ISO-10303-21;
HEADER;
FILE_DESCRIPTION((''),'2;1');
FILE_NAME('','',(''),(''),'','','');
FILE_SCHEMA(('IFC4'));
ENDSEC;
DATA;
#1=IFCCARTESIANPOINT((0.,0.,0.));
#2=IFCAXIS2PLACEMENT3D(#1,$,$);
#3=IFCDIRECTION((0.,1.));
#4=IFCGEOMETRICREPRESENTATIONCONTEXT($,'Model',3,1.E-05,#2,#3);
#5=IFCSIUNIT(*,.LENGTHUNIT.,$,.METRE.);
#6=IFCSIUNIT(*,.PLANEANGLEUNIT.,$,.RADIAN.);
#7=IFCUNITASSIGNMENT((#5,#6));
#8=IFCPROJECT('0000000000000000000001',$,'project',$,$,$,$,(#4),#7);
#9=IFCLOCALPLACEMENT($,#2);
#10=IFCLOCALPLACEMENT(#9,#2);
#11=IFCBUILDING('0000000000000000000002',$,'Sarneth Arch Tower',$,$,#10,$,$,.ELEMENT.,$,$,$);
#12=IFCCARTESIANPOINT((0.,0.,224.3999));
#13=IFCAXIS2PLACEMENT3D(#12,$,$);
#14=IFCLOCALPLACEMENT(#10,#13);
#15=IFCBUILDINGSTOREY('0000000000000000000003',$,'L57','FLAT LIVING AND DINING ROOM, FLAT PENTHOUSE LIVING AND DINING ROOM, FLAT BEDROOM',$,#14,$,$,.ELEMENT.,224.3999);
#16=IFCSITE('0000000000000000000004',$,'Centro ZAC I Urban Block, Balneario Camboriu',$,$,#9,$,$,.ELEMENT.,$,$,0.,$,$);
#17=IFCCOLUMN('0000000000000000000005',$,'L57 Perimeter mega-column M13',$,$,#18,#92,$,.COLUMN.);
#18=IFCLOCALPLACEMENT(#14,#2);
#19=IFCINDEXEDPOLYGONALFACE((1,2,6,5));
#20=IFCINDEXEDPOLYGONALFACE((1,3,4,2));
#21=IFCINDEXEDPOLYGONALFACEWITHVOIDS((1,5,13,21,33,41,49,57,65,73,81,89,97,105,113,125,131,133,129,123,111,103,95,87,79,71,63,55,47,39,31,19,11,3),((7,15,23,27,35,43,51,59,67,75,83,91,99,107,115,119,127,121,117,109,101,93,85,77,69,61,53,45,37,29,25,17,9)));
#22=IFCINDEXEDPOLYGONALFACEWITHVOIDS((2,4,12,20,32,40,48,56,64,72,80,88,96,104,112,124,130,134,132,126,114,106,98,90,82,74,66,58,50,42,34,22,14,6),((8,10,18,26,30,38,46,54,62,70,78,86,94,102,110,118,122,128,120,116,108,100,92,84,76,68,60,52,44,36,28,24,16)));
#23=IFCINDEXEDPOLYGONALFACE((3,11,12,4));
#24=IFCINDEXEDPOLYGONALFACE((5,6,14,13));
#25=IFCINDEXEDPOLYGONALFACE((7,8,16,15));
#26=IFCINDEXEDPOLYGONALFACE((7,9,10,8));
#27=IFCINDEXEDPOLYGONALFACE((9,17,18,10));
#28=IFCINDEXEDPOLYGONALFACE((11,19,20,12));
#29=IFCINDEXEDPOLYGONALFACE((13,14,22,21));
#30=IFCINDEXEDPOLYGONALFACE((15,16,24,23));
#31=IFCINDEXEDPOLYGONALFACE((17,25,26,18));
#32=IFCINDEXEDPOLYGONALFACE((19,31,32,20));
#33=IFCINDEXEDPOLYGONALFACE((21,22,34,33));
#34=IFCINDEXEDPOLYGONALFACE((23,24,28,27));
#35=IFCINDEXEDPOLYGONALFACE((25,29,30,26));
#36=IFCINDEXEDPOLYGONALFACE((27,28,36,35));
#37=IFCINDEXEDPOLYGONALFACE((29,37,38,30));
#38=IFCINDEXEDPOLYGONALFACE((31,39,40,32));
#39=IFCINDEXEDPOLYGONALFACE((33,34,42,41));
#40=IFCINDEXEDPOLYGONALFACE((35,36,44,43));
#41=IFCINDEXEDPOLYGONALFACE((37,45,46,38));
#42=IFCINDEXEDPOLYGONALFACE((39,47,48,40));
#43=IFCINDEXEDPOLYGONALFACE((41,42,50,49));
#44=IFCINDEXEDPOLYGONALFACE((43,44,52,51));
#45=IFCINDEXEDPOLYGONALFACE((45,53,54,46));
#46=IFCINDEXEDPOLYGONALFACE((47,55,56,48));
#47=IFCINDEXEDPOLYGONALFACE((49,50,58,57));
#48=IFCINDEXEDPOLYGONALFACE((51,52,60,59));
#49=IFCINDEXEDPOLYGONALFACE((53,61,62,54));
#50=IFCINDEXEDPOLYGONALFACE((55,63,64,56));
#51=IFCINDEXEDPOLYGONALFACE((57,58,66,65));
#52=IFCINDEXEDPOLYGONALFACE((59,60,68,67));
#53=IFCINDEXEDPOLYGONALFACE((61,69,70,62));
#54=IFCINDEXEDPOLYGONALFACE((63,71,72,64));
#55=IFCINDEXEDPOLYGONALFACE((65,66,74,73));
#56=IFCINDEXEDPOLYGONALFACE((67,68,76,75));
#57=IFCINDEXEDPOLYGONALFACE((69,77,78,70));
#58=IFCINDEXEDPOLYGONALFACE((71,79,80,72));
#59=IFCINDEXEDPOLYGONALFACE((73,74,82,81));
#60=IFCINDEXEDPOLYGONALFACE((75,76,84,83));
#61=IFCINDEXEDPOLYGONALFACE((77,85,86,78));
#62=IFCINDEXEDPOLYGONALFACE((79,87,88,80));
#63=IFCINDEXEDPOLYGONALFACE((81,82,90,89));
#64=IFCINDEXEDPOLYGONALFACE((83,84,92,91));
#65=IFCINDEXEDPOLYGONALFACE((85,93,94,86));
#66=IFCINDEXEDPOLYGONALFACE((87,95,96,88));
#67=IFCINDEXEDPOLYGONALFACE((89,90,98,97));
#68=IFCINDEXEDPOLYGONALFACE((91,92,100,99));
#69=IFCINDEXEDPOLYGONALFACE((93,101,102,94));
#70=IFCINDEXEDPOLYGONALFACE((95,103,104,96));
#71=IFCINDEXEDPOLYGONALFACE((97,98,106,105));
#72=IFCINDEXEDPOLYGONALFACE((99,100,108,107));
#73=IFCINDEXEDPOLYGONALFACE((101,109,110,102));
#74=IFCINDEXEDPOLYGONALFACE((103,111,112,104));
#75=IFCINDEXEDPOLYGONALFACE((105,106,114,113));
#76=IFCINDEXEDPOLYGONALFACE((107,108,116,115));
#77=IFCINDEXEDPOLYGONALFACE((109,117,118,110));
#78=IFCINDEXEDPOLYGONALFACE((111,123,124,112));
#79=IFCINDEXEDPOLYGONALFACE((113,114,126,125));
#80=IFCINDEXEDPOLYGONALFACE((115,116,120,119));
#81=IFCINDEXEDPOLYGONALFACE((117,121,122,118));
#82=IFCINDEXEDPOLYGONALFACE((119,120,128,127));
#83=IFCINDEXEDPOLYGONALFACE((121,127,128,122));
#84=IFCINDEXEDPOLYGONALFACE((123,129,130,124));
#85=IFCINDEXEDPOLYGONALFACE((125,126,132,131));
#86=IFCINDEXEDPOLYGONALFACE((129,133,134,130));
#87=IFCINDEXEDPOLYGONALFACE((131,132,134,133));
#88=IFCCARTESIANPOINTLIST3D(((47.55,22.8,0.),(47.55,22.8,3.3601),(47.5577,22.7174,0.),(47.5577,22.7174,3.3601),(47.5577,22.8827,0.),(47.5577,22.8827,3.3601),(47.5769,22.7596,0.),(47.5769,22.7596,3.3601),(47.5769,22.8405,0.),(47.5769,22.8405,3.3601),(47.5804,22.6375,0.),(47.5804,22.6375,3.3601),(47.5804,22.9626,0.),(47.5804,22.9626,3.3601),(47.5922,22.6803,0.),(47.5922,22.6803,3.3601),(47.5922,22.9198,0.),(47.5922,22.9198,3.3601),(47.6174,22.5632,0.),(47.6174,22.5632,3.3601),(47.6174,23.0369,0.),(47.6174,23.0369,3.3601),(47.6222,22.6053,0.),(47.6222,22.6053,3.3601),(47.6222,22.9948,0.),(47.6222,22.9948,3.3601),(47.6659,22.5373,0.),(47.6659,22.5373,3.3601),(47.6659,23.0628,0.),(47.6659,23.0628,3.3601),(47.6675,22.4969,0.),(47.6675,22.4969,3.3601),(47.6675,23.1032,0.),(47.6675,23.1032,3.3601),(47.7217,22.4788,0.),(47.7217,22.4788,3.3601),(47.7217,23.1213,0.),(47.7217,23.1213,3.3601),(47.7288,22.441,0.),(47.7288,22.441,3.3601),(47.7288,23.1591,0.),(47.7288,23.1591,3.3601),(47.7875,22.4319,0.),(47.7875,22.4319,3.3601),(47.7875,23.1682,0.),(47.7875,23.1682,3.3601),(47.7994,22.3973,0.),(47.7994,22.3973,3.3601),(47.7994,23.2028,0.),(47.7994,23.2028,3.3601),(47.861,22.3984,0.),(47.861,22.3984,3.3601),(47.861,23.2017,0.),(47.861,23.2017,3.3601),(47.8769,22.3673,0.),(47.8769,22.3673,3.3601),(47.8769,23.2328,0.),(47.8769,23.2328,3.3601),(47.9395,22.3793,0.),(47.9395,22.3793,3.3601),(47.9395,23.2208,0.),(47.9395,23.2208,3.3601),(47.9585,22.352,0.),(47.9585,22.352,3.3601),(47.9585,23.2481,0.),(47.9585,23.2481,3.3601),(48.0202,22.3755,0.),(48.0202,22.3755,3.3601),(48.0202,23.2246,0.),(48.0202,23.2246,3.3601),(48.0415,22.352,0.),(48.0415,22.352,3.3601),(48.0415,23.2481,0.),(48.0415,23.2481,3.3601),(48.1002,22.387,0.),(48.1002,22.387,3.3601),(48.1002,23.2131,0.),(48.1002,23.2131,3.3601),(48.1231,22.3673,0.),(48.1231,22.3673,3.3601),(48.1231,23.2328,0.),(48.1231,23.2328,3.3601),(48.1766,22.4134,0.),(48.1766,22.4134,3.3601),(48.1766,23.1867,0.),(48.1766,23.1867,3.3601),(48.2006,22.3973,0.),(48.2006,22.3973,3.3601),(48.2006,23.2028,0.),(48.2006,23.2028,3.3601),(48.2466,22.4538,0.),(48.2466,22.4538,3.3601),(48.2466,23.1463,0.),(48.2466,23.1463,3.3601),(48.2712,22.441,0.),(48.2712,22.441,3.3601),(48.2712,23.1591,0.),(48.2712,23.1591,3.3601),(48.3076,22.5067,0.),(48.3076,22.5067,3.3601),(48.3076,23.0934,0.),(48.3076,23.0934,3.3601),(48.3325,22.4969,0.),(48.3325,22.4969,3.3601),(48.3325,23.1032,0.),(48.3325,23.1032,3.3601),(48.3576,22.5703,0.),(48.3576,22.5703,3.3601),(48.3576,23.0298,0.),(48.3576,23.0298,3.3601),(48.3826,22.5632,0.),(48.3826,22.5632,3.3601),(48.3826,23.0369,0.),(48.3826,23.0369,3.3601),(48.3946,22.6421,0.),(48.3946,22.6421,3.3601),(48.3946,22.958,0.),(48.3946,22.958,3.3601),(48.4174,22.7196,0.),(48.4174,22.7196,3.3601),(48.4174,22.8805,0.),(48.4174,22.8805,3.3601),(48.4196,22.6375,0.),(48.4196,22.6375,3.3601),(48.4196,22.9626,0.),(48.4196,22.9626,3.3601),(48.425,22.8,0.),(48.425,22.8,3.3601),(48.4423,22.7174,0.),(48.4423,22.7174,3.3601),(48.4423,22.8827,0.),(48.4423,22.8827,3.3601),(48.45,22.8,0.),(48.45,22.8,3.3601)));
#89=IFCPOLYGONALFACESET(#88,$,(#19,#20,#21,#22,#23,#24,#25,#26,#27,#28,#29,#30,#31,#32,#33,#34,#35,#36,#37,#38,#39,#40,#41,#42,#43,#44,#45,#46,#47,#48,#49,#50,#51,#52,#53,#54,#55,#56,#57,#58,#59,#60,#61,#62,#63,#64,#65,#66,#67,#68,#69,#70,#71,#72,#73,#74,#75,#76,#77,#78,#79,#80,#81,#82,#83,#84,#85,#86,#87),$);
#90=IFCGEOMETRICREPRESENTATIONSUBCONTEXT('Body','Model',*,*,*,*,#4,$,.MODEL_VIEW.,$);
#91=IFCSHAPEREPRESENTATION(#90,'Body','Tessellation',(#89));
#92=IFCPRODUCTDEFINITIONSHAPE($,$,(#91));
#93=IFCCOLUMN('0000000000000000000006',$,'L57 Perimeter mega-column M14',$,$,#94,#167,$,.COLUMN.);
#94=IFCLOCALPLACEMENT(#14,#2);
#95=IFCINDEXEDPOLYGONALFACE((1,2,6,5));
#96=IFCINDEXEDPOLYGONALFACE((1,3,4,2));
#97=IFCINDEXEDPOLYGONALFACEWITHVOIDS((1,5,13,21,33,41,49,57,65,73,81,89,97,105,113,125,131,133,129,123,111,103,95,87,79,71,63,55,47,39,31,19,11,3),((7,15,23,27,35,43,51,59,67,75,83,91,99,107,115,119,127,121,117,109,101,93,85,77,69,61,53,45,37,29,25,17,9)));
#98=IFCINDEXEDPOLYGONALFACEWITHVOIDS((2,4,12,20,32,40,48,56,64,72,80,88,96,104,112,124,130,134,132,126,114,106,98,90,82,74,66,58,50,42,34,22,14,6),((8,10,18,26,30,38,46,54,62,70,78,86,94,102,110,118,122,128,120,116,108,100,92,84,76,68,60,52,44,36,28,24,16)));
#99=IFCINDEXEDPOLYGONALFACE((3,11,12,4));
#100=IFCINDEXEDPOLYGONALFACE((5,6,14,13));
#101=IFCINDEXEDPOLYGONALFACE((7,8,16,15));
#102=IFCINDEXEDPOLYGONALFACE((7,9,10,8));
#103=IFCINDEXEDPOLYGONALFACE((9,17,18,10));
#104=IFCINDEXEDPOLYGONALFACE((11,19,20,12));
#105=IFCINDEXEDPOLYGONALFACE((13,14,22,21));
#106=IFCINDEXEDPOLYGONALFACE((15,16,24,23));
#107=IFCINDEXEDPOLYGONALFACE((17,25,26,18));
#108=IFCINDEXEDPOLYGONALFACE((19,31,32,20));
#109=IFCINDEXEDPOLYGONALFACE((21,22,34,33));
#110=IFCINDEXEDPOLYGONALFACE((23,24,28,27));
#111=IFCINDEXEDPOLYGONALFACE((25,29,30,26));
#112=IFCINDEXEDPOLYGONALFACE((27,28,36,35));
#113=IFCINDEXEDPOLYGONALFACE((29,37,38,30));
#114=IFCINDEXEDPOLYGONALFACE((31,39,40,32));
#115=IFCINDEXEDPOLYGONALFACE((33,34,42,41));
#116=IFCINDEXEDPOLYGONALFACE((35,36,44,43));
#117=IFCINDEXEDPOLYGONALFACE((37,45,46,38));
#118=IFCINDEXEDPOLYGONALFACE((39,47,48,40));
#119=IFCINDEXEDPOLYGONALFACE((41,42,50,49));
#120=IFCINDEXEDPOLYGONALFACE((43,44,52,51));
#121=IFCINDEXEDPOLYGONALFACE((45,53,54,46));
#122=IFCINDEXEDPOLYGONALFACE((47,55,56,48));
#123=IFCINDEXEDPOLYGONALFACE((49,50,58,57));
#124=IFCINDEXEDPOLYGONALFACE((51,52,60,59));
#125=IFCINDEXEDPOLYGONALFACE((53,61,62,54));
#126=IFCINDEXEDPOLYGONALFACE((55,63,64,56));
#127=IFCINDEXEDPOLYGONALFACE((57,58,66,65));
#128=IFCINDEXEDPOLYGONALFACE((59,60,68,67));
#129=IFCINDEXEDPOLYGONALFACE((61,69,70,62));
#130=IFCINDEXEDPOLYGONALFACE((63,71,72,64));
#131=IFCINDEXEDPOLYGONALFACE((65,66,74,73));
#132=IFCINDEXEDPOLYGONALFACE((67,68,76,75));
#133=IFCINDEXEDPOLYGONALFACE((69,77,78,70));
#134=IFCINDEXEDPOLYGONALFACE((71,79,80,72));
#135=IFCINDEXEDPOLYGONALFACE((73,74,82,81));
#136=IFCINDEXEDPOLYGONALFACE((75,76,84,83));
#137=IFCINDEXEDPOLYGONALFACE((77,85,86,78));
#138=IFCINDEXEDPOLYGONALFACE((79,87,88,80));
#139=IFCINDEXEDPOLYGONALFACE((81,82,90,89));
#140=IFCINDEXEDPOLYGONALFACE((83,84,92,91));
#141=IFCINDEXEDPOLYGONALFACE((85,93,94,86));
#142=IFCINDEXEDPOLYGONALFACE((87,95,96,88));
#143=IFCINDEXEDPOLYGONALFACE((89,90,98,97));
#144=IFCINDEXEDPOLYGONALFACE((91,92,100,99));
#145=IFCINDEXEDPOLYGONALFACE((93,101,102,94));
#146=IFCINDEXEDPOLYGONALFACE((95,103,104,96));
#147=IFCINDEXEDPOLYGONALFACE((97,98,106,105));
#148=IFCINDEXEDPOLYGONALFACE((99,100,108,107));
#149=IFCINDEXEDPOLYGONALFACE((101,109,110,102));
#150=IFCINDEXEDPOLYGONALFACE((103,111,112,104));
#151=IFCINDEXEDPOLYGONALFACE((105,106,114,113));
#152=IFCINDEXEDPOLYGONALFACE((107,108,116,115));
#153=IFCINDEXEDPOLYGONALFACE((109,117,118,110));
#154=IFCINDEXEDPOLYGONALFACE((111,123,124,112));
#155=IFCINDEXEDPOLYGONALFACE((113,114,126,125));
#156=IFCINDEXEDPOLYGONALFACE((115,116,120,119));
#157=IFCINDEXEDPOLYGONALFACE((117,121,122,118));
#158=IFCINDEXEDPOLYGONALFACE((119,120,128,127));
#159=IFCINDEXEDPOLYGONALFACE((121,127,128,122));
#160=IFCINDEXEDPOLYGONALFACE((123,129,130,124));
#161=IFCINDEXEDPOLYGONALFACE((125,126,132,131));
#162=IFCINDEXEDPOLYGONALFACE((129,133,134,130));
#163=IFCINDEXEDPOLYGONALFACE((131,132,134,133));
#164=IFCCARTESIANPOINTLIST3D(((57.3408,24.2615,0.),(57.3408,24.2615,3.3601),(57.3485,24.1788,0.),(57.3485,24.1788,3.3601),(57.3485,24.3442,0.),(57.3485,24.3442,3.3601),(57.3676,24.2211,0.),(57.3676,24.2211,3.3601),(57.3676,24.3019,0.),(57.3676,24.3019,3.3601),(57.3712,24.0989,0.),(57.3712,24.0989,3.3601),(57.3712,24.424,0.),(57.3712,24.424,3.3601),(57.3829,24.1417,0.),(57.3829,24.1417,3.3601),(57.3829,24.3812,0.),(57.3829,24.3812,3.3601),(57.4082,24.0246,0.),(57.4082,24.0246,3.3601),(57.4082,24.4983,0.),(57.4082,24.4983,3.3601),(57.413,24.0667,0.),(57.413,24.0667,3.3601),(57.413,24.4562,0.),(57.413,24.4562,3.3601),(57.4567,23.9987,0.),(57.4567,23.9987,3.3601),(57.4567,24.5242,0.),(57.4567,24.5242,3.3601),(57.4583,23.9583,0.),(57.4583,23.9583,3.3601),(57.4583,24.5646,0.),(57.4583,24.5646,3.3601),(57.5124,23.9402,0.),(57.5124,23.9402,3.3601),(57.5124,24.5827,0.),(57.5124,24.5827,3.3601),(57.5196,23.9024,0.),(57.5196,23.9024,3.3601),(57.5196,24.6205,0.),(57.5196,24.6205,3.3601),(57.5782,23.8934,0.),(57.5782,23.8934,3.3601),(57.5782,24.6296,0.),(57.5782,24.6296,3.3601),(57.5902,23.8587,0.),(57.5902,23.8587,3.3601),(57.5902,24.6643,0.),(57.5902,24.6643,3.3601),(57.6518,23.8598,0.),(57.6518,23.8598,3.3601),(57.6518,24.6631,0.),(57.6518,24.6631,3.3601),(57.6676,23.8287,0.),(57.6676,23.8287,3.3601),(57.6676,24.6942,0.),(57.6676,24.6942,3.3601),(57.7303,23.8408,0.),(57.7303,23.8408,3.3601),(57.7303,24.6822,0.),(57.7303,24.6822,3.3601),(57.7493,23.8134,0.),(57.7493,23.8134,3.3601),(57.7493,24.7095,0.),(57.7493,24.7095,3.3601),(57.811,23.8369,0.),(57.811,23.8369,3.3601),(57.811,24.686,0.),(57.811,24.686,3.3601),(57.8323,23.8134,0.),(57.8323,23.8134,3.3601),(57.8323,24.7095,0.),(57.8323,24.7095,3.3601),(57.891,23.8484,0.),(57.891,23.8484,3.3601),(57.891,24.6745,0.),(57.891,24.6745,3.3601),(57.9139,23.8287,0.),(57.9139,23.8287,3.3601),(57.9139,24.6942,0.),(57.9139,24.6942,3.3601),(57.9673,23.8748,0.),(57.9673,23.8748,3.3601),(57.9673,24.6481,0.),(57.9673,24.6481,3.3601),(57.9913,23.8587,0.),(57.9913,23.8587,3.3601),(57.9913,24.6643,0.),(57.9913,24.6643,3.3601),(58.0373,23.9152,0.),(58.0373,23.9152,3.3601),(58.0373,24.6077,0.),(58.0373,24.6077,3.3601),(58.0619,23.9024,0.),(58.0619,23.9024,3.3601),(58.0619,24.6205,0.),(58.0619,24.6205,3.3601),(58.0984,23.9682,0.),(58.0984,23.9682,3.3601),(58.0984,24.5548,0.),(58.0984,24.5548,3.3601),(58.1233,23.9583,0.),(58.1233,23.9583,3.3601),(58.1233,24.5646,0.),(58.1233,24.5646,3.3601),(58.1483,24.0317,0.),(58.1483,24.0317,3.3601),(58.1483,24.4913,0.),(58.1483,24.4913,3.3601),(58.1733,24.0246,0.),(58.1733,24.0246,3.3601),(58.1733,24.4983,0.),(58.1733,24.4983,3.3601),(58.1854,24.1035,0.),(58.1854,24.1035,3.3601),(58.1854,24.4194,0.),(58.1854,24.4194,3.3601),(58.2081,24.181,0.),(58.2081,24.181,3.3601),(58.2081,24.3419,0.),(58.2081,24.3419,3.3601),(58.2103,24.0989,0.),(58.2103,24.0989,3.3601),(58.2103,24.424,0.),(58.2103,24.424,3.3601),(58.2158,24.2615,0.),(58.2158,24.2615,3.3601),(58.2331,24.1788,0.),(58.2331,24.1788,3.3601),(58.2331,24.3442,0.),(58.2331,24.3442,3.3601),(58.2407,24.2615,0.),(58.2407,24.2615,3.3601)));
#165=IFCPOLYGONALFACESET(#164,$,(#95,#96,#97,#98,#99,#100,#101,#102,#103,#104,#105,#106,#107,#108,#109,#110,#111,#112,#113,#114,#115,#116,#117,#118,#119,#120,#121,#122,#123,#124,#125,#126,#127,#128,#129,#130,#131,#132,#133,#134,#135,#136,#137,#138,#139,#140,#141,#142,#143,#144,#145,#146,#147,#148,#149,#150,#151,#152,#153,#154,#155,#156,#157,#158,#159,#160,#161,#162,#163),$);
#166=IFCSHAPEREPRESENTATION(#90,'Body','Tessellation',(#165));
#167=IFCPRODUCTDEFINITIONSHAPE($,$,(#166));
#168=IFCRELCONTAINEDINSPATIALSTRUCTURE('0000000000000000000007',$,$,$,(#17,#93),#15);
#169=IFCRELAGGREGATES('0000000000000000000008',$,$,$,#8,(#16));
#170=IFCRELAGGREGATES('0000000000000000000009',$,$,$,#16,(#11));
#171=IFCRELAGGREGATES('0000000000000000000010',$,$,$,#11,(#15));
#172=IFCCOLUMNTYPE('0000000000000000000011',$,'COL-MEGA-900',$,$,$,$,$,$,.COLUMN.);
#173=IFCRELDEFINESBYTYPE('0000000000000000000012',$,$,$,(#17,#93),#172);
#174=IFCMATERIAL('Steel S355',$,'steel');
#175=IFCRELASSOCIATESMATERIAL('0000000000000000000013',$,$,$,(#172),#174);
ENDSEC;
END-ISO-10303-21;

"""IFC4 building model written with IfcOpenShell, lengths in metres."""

from ifc_helpers import new_model, si_unit, direction, frame, origin, origin_2d, place, context, subcontext, project, spatial, hollow_circle, extrude, material, material_profile, profile_set, type_object, element, save


model = new_model("IFC4")

# Units and contexts
model_context = context("Model", 3, precision=1e-05, world=origin(), true_north=direction((0.0, 1.0)))
body_context = subcontext(model_context, "Body", "Model", "MODEL_VIEW")
ifc_project = project(units=[si_unit("LENGTHUNIT", "METRE"), si_unit("PLANEANGLEUNIT", "RADIAN")], contexts=[model_context])

# Site, building, storey
site_placement = place(None, origin())
site = spatial("IfcSite", under=ifc_project, at=site_placement, Name="Centro ZAC I Urban Block, Balneario Camboriu", CompositionType="ELEMENT", RefElevation=0.0)
building_placement = place(site_placement, origin())
building = spatial("IfcBuilding", under=site, at=building_placement, Name="Sarneth Arch Tower", CompositionType="ELEMENT")
storey_placement = place(building_placement, frame((0.0, 0.0, 224.3999)))
storey = spatial("IfcBuildingStorey", under=building, at=storey_placement, Name="L57", Description="FLAT LIVING AND DINING ROOM, FLAT PENTHOUSE LIVING AND DINING ROOM, FLAT BEDROOM", CompositionType="ELEMENT", Elevation=224.3999)

# Columns
ifc_material_1 = material(Name="Steel S355", Category="steel")
ifc_material_profile_1 = material_profile(ifc_material_1, hollow_circle(Radius=0.45, WallThickness=0.0249, at=origin_2d()), Name="CHS900x25")
ifc_profile_set_1 = profile_set([ifc_material_profile_1], Name="Steel S355")
column_type = type_object("IfcColumnType", Name="COL-MEGA-900", PredefinedType="COLUMN", material=ifc_profile_set_1)
for number, where, z_axis, x_axis, name in (
    (1, (48.0, 22.8, 0.0), (0.0, 0.0, 1.0), (1.0, 0.0, 0.0), "L57 Perimeter mega-column M13"),
    (2, (57.7908, 24.2615, 0.0), (0.0, 0.0, 1.0), (1.0, 0.0, 0.0), "L57 Perimeter mega-column M14"),
):
    element("IfcColumn", number, at=place(storey_placement, frame(where, z_axis=z_axis, x_axis=x_axis)), inside=storey, type_object=column_type, Name=name, PredefinedType="COLUMN", context=body_context, shape_type="SweptSolid", body=[
        extrude(hollow_circle(Radius=0.45, WallThickness=0.0249, at=origin_2d()), origin(), (0.0, 0.0, 1.0), 3.3601),
    ])

save(model, "model.ifc")
